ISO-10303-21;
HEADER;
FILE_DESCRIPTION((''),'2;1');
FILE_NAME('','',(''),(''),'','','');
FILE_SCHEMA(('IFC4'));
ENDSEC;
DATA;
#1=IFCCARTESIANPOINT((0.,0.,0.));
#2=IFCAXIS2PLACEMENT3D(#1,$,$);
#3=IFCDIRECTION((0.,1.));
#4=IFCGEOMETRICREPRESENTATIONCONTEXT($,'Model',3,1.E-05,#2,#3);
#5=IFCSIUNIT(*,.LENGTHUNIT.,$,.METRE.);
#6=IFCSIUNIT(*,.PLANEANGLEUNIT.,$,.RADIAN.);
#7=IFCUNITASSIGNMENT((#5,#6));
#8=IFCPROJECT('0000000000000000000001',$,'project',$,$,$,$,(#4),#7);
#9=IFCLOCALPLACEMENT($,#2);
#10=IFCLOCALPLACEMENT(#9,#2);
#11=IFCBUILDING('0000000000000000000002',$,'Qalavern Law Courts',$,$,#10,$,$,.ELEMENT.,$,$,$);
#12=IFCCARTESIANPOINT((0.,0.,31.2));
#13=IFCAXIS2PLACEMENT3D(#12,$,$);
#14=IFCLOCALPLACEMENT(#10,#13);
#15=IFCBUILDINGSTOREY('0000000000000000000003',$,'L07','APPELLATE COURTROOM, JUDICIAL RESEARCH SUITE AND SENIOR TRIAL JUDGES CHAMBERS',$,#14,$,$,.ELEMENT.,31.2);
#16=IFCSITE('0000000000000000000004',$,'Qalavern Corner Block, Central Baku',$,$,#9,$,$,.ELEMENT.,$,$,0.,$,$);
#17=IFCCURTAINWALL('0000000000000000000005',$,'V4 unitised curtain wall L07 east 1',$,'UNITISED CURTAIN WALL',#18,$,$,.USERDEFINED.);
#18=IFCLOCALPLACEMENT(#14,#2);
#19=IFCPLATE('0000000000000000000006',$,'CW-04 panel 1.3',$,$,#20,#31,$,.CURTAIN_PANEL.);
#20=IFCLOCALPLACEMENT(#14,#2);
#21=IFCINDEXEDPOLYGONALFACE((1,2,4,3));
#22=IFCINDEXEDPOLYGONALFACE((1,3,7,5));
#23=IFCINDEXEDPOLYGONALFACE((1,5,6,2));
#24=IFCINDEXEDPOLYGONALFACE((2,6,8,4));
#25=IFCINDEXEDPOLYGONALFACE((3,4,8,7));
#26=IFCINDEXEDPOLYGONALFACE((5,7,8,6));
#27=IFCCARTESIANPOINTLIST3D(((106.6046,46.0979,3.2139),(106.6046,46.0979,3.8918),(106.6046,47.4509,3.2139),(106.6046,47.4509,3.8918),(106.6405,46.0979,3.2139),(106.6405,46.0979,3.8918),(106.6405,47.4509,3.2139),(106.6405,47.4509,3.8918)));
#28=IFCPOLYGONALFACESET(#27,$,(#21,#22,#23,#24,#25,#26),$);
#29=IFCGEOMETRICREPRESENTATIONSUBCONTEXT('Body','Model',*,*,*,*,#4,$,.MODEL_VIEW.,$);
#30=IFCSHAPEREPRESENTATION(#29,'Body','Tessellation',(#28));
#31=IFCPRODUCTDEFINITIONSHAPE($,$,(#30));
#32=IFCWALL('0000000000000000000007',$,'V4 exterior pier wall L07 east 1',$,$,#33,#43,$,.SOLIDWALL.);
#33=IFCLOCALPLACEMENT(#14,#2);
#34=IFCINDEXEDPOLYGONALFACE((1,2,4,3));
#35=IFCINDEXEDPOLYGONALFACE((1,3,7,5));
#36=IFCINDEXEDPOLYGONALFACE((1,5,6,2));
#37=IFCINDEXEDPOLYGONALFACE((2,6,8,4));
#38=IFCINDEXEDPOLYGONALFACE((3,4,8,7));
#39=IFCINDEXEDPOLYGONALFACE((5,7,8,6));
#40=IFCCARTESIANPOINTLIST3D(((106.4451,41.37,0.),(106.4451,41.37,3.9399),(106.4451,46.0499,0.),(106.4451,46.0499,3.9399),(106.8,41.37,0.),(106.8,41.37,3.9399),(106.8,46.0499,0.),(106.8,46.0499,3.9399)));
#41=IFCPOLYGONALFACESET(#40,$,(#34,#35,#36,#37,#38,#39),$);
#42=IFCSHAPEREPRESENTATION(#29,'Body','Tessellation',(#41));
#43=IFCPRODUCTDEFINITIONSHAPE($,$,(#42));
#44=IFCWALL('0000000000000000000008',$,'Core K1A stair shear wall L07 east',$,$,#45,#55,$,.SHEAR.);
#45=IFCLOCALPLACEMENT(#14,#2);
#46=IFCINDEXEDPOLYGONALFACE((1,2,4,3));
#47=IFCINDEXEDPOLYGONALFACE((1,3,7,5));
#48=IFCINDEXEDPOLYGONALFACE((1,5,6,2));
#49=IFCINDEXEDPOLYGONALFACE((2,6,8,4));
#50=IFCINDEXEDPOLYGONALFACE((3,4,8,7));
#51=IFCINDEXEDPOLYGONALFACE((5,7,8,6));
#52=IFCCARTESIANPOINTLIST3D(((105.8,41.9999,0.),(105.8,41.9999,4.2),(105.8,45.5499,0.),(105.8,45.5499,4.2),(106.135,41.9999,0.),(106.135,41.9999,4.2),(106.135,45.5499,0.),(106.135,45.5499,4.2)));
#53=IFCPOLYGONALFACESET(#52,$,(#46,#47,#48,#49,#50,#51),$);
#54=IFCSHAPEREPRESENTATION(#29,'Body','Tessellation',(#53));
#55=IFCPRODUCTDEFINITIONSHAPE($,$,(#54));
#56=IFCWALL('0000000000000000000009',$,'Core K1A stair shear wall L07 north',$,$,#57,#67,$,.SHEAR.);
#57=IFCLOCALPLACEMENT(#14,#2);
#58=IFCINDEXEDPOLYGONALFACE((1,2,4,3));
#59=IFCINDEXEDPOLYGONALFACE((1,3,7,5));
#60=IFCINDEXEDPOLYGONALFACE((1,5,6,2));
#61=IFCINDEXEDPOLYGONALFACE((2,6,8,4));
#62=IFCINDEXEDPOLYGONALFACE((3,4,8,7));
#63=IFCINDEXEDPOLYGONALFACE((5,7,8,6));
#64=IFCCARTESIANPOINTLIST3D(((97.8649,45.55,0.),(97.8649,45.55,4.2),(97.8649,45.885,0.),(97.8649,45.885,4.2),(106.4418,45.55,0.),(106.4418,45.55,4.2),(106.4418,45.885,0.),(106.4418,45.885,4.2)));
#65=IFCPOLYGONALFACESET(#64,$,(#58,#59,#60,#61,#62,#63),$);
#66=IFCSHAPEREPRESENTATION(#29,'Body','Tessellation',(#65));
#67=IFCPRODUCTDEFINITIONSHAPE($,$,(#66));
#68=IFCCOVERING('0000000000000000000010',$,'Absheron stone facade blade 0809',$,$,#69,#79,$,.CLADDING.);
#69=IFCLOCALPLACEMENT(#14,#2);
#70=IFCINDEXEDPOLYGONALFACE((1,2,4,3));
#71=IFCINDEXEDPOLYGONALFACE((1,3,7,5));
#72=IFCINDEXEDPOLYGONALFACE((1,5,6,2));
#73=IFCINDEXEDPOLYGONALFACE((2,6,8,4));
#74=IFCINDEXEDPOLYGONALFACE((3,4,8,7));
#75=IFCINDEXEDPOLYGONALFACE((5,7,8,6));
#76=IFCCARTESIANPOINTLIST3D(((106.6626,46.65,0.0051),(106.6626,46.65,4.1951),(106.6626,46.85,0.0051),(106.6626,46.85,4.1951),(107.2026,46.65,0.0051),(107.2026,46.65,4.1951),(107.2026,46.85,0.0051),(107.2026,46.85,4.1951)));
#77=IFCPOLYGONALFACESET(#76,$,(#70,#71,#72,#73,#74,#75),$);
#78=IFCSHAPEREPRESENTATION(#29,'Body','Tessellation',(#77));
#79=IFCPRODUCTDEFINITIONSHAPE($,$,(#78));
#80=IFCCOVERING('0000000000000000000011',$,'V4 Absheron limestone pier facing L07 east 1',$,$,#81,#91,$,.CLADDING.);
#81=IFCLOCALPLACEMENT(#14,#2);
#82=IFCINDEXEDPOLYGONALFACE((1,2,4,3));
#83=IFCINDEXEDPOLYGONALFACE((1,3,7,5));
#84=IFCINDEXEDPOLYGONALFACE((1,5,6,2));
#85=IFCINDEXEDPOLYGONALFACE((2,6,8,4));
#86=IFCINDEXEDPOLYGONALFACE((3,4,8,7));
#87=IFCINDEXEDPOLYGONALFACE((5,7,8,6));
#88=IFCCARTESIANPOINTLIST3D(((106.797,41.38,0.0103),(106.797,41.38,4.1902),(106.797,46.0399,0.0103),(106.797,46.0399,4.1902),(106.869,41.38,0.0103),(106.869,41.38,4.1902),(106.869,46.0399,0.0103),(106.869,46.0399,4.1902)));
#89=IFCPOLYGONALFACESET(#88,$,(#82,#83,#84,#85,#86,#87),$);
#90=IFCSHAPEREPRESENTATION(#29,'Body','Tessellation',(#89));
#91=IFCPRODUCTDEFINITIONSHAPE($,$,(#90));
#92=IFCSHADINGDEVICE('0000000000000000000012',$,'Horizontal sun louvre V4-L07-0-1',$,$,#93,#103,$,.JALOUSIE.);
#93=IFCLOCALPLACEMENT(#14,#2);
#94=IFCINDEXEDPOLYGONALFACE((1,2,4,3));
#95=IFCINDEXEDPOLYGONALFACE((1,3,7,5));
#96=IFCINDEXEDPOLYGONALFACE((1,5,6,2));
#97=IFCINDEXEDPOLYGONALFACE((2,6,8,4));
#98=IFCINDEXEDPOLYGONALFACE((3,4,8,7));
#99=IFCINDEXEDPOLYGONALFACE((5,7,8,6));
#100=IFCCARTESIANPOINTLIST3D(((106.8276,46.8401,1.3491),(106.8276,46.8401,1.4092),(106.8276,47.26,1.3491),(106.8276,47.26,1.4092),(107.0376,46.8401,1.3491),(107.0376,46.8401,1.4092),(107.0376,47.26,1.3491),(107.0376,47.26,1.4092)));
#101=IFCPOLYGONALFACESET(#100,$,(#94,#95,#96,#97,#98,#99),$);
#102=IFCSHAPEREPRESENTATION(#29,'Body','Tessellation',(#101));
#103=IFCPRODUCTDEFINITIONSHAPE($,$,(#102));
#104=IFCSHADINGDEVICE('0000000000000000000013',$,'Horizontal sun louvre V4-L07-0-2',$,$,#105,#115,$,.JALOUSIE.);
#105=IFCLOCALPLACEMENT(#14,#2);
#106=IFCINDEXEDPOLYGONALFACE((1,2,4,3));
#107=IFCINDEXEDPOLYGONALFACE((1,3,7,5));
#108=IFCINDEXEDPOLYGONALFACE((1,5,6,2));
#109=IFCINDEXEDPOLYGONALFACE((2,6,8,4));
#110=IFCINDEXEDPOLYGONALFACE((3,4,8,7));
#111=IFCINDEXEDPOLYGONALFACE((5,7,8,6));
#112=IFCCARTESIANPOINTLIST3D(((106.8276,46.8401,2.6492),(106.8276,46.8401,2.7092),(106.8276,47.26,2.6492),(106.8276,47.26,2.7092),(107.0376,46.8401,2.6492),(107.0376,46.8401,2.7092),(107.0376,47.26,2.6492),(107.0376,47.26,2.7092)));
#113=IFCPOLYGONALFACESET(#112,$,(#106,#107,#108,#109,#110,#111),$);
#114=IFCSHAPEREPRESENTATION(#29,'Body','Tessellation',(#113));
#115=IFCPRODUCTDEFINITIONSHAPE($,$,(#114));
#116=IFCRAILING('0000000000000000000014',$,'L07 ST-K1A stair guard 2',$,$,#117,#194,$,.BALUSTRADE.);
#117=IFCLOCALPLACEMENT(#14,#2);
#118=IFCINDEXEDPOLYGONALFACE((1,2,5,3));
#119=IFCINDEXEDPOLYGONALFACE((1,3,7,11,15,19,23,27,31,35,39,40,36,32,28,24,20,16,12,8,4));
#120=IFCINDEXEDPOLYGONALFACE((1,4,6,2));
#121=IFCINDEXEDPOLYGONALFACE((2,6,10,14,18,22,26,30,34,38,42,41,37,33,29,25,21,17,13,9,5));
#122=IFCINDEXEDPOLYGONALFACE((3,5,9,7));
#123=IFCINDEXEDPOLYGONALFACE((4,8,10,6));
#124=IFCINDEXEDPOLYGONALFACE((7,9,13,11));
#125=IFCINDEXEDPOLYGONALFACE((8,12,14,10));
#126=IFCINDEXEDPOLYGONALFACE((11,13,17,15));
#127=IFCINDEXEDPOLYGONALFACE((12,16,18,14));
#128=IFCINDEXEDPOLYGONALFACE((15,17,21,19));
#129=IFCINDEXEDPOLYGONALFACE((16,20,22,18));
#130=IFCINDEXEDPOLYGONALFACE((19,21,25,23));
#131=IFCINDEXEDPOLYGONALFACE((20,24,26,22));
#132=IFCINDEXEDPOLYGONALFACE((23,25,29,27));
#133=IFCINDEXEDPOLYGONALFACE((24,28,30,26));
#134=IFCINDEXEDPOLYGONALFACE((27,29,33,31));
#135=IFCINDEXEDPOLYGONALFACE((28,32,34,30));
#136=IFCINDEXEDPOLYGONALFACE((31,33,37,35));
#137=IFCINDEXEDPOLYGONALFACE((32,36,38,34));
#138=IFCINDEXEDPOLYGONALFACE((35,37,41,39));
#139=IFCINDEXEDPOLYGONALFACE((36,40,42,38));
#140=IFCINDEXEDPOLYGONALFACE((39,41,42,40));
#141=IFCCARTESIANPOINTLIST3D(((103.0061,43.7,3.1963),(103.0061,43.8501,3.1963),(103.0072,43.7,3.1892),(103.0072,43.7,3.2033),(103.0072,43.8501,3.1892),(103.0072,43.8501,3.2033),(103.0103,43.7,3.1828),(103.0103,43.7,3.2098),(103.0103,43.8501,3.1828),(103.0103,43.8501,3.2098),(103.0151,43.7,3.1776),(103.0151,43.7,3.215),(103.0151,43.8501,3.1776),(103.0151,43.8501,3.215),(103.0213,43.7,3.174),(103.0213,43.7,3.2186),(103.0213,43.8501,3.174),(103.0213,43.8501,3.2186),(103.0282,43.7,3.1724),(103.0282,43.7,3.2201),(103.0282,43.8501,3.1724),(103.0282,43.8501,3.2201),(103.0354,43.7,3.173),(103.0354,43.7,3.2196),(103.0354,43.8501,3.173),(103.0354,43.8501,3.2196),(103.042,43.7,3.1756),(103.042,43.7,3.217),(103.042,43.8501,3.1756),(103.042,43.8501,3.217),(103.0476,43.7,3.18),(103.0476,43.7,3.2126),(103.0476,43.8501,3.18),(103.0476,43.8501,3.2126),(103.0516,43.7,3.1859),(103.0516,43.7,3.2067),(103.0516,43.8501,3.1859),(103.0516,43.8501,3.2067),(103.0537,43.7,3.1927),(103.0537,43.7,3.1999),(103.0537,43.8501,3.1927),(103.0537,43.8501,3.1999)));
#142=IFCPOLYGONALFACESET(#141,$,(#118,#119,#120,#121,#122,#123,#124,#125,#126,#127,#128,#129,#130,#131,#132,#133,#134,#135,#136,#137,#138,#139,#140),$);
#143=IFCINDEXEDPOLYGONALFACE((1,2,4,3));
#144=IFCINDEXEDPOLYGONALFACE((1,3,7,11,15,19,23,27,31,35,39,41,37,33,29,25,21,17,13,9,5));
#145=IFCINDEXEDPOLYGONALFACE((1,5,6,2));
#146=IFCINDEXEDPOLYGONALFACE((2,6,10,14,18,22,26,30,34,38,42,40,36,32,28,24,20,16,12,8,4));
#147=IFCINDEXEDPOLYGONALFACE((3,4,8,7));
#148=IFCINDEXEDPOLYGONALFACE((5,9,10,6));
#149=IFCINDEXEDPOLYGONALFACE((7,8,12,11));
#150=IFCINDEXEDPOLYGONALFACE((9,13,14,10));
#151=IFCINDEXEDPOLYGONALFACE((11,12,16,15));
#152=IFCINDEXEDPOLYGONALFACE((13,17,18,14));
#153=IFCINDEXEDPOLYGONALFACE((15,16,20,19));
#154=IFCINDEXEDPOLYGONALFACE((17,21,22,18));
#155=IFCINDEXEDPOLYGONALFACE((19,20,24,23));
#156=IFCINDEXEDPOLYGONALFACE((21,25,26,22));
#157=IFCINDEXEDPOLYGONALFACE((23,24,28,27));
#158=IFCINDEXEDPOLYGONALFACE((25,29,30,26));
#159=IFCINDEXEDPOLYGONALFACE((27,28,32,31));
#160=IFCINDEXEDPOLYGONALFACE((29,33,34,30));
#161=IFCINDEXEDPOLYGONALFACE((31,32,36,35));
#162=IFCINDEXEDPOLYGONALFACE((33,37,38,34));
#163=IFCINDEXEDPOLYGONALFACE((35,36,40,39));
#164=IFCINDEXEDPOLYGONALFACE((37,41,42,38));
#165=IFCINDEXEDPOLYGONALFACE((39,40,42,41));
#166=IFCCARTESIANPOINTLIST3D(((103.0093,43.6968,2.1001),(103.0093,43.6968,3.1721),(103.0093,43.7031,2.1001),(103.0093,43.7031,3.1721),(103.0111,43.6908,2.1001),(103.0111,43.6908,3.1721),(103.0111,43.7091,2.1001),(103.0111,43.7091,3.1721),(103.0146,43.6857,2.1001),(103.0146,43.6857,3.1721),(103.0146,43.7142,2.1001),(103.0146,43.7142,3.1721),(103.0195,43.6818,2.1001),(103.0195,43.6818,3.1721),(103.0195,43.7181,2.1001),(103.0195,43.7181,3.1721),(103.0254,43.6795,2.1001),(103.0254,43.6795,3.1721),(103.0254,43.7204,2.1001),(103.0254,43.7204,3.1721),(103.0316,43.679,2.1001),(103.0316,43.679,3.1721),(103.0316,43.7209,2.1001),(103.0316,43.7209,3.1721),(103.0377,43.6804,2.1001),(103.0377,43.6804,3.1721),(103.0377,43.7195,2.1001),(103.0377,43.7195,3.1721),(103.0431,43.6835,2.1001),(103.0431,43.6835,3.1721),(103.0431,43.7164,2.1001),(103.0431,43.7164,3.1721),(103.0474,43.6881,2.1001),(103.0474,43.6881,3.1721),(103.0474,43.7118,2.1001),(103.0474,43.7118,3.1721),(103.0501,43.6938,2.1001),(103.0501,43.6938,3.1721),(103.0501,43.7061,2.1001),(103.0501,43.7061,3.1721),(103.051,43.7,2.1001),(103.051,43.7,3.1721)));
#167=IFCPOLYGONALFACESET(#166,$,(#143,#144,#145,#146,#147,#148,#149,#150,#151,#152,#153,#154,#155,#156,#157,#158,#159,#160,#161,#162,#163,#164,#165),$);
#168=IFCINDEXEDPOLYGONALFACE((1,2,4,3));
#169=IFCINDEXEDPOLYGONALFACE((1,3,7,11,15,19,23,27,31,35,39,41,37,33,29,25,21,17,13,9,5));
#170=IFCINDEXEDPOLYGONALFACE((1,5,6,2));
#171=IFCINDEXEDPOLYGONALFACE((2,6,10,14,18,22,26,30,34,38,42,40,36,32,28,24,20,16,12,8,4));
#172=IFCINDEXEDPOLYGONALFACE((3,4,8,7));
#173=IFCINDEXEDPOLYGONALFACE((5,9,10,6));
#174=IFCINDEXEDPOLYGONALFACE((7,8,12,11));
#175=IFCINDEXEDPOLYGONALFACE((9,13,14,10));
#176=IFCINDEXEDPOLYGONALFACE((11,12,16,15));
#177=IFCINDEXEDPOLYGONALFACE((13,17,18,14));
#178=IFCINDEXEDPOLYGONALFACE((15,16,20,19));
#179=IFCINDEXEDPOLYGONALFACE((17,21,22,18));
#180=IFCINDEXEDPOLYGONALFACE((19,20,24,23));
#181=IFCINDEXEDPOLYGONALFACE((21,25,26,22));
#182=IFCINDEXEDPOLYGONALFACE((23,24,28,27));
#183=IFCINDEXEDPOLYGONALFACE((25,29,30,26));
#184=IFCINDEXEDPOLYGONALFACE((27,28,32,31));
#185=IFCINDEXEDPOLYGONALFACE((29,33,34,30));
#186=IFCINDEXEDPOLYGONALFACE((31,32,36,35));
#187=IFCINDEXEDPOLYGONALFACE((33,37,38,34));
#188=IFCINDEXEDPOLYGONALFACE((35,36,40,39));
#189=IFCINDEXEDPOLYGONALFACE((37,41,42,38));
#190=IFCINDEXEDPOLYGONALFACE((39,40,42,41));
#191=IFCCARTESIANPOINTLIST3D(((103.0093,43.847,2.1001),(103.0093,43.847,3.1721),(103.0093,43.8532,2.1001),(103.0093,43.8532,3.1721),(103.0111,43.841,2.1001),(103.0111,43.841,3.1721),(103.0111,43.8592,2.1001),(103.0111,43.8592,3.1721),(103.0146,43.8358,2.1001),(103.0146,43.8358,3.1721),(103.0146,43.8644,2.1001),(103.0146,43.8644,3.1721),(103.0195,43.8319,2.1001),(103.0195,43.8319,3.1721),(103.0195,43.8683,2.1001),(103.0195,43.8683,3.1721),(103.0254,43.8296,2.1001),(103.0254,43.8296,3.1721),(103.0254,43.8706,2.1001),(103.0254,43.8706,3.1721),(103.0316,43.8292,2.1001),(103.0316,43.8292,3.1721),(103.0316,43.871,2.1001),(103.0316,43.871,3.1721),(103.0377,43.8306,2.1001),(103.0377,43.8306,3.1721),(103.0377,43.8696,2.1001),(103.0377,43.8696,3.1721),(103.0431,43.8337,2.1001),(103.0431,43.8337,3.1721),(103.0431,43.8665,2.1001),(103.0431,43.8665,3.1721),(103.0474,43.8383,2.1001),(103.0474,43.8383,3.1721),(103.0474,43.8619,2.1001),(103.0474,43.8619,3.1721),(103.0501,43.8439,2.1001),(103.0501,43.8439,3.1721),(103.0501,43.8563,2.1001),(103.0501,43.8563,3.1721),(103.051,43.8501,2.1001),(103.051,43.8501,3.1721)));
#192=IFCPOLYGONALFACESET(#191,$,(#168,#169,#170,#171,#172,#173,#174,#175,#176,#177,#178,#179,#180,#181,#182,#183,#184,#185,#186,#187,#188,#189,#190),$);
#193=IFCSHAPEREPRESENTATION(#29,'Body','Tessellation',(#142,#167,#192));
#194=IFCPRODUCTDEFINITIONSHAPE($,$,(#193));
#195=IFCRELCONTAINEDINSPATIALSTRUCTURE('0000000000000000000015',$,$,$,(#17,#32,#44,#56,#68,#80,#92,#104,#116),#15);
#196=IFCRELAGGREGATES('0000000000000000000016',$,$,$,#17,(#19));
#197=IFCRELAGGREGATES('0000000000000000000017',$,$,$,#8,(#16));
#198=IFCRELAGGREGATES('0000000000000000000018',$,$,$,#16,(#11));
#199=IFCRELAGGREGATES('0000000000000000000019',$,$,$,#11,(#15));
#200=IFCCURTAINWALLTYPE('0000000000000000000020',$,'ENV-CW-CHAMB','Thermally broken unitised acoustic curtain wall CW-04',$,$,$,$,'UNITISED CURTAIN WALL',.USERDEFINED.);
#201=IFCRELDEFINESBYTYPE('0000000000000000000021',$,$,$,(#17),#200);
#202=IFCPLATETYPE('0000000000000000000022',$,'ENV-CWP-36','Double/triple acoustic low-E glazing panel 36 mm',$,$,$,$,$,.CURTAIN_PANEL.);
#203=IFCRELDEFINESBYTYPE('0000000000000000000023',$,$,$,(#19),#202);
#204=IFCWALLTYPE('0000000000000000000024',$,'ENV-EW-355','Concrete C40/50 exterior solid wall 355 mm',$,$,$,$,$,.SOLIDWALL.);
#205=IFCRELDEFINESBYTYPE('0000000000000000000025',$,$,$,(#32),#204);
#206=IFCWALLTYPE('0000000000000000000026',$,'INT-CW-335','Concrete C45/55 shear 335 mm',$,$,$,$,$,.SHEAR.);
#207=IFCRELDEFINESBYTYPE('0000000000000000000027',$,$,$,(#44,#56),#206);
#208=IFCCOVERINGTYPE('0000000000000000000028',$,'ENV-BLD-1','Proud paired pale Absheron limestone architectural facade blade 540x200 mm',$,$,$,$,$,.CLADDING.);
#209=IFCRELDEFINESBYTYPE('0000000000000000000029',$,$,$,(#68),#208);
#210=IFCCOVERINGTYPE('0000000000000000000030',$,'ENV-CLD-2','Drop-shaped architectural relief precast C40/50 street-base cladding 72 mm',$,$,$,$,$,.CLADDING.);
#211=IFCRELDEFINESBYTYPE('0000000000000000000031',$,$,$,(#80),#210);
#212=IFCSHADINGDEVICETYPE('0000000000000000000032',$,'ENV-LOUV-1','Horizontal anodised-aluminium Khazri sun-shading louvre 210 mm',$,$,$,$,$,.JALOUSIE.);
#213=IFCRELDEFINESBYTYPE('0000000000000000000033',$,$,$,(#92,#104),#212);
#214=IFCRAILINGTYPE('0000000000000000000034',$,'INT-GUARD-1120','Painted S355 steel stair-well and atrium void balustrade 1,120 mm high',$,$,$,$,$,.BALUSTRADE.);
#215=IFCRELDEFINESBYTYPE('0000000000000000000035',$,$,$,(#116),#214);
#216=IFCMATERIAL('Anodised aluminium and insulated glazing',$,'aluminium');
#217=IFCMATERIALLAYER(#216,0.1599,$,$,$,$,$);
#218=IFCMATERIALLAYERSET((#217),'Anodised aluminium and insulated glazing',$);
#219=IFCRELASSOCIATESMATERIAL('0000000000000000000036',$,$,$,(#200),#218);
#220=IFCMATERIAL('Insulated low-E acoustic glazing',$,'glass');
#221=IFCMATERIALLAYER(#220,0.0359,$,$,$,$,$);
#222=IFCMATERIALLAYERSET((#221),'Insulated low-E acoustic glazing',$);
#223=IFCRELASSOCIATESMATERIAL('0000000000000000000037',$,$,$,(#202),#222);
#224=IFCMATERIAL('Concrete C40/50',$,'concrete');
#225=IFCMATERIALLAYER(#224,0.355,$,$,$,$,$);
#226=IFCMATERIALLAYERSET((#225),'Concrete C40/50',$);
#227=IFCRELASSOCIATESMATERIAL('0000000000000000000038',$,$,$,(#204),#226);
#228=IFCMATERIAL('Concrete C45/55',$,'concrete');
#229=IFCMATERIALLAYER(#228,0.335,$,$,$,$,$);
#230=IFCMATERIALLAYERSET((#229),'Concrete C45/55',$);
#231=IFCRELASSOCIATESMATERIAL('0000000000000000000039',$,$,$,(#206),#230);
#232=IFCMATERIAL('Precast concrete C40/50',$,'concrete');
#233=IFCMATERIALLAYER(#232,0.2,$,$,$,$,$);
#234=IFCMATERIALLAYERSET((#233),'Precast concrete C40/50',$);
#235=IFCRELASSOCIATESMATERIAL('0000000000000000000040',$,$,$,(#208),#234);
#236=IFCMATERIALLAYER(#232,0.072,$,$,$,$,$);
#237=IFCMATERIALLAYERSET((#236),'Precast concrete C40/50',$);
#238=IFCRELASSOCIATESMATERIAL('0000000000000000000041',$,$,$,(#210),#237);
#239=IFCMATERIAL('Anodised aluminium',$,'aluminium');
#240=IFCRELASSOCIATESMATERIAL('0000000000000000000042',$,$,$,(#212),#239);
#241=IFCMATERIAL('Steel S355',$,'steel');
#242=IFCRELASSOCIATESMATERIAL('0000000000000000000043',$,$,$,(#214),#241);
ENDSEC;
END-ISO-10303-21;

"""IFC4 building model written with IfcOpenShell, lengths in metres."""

from ifc_helpers import new_model, si_unit, direction, frame, frame_2d, origin, origin_2d, place, context, subcontext, project, spatial, rectangle, circle, extrude, material, layer, layer_set, type_object, element, aggregate, save


model = new_model("IFC4")

# Units and contexts
model_context = context("Model", 3, precision=1e-05, world=origin(), true_north=direction((0.0, 1.0)))
body_context = subcontext(model_context, "Body", "Model", "MODEL_VIEW")
ifc_project = project(units=[si_unit("LENGTHUNIT", "METRE"), si_unit("PLANEANGLEUNIT", "RADIAN")], contexts=[model_context])

# Site, building, storey
site_placement = place(None, origin())
site = spatial("IfcSite", under=ifc_project, at=site_placement, Name="Qalavern Corner Block, Central Baku", CompositionType="ELEMENT", RefElevation=0.0)
building_placement = place(site_placement, origin())
building = spatial("IfcBuilding", under=site, at=building_placement, Name="Qalavern Law Courts", CompositionType="ELEMENT")
storey_placement = place(building_placement, frame((0.0, 0.0, 31.2)))
storey = spatial("IfcBuildingStorey", under=building, at=storey_placement, Name="L07", Description="APPELLATE COURTROOM, JUDICIAL RESEARCH SUITE AND SENIOR TRIAL JUDGES CHAMBERS", CompositionType="ELEMENT", Elevation=31.2)

# Shared definitions
ifc_material_1 = material(Name="Concrete C45/55", Category="concrete")

# Curtain wall
ifc_material_2 = material(Name="Anodised aluminium and insulated glazing", Category="aluminium")
ifc_layer_1 = layer(ifc_material_2, 0.1599)
ifc_layer_set_1 = layer_set([ifc_layer_1], Name="Anodised aluminium and insulated glazing")
curtain_wall_type = type_object("IfcCurtainWallType", Name="ENV-CW-CHAMB", Description="Thermally broken unitised acoustic curtain wall CW-04", ElementType="UNITISED CURTAIN WALL", PredefinedType="USERDEFINED", material=ifc_layer_set_1)
curtain_wall_placement = place(storey_placement, origin())
curtain_wall = element("IfcCurtainWall", 1, at=curtain_wall_placement, inside=storey, type_object=curtain_wall_type, Name="V4 unitised curtain wall L07 east 1", ObjectType="UNITISED CURTAIN WALL", PredefinedType="USERDEFINED")
ifc_material_3 = material(Name="Anodised aluminium", Category="aluminium")

# Shared definitions
ifc_material_4 = material(Name="Steel S355", Category="steel")

# Plate
ifc_material_5 = material(Name="Insulated low-E acoustic glazing", Category="glass")
ifc_layer_2 = layer(ifc_material_5, 0.0359)
ifc_layer_set_2 = layer_set([ifc_layer_2], Name="Insulated low-E acoustic glazing")
plate_type = type_object("IfcPlateType", Name="ENV-CWP-36", Description="Double/triple acoustic low-E glazing panel 36 mm", PredefinedType="CURTAIN_PANEL", material=ifc_layer_set_2)
plate_1_placement = place(storey_placement, frame((106.6226, 46.7744, 3.2139), z_axis=(0.0, 0.0, 1.0), x_axis=(0.0, 1.0, 0.0)))
plate_1 = element("IfcPlate", 2, at=plate_1_placement, type_object=plate_type, Name="CW-04 panel 1.3", PredefinedType="CURTAIN_PANEL", context=body_context, shape_type="SweptSolid", body=[
    extrude(rectangle(XDim=1.353, YDim=0.0359, at=origin_2d()), origin(), (0.0, 0.0, 1.0), 0.678),
])
aggregate(curtain_wall, [plate_1])

# Walls
ifc_material_6 = material(Name="Concrete C40/50", Category="concrete")
ifc_layer_3 = layer(ifc_material_6, 0.355)
ifc_layer_set_3 = layer_set([ifc_layer_3], Name="Concrete C40/50")
wall_type_1 = type_object("IfcWallType", Name="ENV-EW-355", Description="Concrete C40/50 exterior solid wall 355 mm", PredefinedType="SOLIDWALL", material=ifc_layer_set_3)
wall_1_placement = place(storey_placement, frame((106.6226, 41.3701, 0.0), z_axis=(0.0, 0.0, 1.0), x_axis=(0.0, 1.0, 0.0)))
element("IfcWall", 3, at=wall_1_placement, inside=storey, type_object=wall_type_1, Name="V4 exterior pier wall L07 east 1", PredefinedType="SOLIDWALL", context=body_context, shape_type="SweptSolid", body=[
    extrude(rectangle(XDim=4.6799, YDim=0.355, at=frame_2d((2.3398, 0.0))), origin(), (0.0, 0.0, 1.0), 3.9399),
])
ifc_layer_4 = layer(ifc_material_1, 0.335)
ifc_layer_set_4 = layer_set([ifc_layer_4], Name="Concrete C45/55")
wall_type_2 = type_object("IfcWallType", Name="INT-CW-335", Description="Concrete C45/55 shear 335 mm", PredefinedType="SHEAR", material=ifc_layer_set_4)
wall_2_placement = place(storey_placement, frame((105.9675, 42.0, 0.0), z_axis=(0.0, 0.0, 1.0), x_axis=(0.0, 1.0, 0.0)))
element("IfcWall", 4, at=wall_2_placement, inside=storey, type_object=wall_type_2, Name="Core K1A stair shear wall L07 east", PredefinedType="SHEAR", context=body_context, shape_type="SweptSolid", body=[
    extrude(rectangle(XDim=3.55, YDim=0.335, at=frame_2d((1.7749, 0.0))), origin(), (0.0, 0.0, 1.0), 4.2),
])
wall_3_placement = place(storey_placement, frame((106.4419, 45.7175, 0.0), z_axis=(0.0, 0.0, 1.0), x_axis=(-1.0, 0.0, 0.0)))
element("IfcWall", 5, at=wall_3_placement, inside=storey, type_object=wall_type_2, Name="Core K1A stair shear wall L07 north", PredefinedType="SHEAR", context=body_context, shape_type="SweptSolid", body=[
    extrude(rectangle(XDim=8.5769, YDim=0.335, at=frame_2d((4.2886, 0.0))), origin(), (0.0, 0.0, 1.0), 4.2),
])

# Coverings
ifc_material_7 = material(Name="Precast concrete C40/50", Category="concrete")
ifc_layer_5 = layer(ifc_material_7, 0.2)
ifc_layer_set_5 = layer_set([ifc_layer_5], Name="Precast concrete C40/50")
covering_type_1 = type_object("IfcCoveringType", Name="ENV-BLD-1", Description="Proud paired pale Absheron limestone architectural facade blade 540x200 mm", PredefinedType="CLADDING", material=ifc_layer_set_5)
covering_1_placement = place(storey_placement, frame((106.9326, 46.75, 0.0051), z_axis=(0.0, 0.0, 1.0), x_axis=(1.0, 0.0, 0.0)))
element("IfcCovering", 6, at=covering_1_placement, inside=storey, type_object=covering_type_1, Name="Absheron stone facade blade 0809", PredefinedType="CLADDING", context=body_context, shape_type="SweptSolid", body=[
    extrude(rectangle(XDim=0.54, YDim=0.2, at=origin_2d()), origin(), (0.0, 0.0, 1.0), 4.1899),
])
ifc_layer_6 = layer(ifc_material_7, 0.072)
ifc_layer_set_6 = layer_set([ifc_layer_6], Name="Precast concrete C40/50")
covering_type_2 = type_object("IfcCoveringType", Name="ENV-CLD-2", Description="Drop-shaped architectural relief precast C40/50 street-base cladding 72 mm", PredefinedType="CLADDING", material=ifc_layer_set_6)
covering_2_placement = place(storey_placement, frame((106.833, 43.71, 0.0103), z_axis=(0.0, 0.0, 1.0), x_axis=(0.0, 1.0, 0.0)))
element("IfcCovering", 7, at=covering_2_placement, inside=storey, type_object=covering_type_2, Name="V4 Absheron limestone pier facing L07 east 1", PredefinedType="CLADDING", context=body_context, shape_type="SweptSolid", body=[
    extrude(rectangle(XDim=4.6599, YDim=0.072, at=origin_2d()), origin(), (0.0, 0.0, 1.0), 4.1799),
])

# Shading devices
shading_device_type = type_object("IfcShadingDeviceType", Name="ENV-LOUV-1", Description="Horizontal anodised-aluminium Khazri sun-shading louvre 210 mm", PredefinedType="JALOUSIE", material=ifc_material_3)
for number, where, z_axis, x_axis, name in (
    (8, (106.9326, 47.05, 1.3491), (0.0, 0.0, 1.0), (0.0, 1.0, 0.0), "Horizontal sun louvre V4-L07-0-1"),
    (9, (106.9326, 47.05, 2.6492), (0.0, 0.0, 1.0), (0.0, 1.0, 0.0), "Horizontal sun louvre V4-L07-0-2"),
):
    element("IfcShadingDevice", number, at=place(storey_placement, frame(where, z_axis=z_axis, x_axis=x_axis)), inside=storey, type_object=shading_device_type, Name=name, PredefinedType="JALOUSIE", context=body_context, shape_type="SweptSolid", body=[
        extrude(rectangle(XDim=0.4199, YDim=0.21, at=origin_2d()), origin(), (0.0, 0.0, 1.0), 0.0601),
    ])

# Railing
railing_type = type_object("IfcRailingType", Name="INT-GUARD-1120", Description="Painted S355 steel stair-well and atrium void balustrade 1,120 mm high", PredefinedType="BALUSTRADE", material=ifc_material_4)
railing_placement = place(storey_placement, frame((103.03, 43.7, 2.1001)))
element("IfcRailing", 10, at=railing_placement, inside=storey, type_object=railing_type, Name="L07 ST-K1A stair guard 2", PredefinedType="BALUSTRADE", context=body_context, shape_type="SweptSolid", body=[
    extrude(circle(Radius=0.0239, at=origin_2d()), frame((0.0, 0.0, 1.0962), z_axis=(0.0, 1.0, 0.0), x_axis=(-1.0, 0.0, 0.0)), (0.0, 0.0, 1.0), 0.1501),
    extrude(circle(Radius=0.021, at=origin_2d()), origin(), (0.0, 0.0, 1.0), 1.072),
    extrude(circle(Radius=0.021, at=origin_2d()), frame((0.0, 0.1501, 0.0)), (0.0, 0.0, 1.0), 1.072),
])

save(model, "model.ifc")
